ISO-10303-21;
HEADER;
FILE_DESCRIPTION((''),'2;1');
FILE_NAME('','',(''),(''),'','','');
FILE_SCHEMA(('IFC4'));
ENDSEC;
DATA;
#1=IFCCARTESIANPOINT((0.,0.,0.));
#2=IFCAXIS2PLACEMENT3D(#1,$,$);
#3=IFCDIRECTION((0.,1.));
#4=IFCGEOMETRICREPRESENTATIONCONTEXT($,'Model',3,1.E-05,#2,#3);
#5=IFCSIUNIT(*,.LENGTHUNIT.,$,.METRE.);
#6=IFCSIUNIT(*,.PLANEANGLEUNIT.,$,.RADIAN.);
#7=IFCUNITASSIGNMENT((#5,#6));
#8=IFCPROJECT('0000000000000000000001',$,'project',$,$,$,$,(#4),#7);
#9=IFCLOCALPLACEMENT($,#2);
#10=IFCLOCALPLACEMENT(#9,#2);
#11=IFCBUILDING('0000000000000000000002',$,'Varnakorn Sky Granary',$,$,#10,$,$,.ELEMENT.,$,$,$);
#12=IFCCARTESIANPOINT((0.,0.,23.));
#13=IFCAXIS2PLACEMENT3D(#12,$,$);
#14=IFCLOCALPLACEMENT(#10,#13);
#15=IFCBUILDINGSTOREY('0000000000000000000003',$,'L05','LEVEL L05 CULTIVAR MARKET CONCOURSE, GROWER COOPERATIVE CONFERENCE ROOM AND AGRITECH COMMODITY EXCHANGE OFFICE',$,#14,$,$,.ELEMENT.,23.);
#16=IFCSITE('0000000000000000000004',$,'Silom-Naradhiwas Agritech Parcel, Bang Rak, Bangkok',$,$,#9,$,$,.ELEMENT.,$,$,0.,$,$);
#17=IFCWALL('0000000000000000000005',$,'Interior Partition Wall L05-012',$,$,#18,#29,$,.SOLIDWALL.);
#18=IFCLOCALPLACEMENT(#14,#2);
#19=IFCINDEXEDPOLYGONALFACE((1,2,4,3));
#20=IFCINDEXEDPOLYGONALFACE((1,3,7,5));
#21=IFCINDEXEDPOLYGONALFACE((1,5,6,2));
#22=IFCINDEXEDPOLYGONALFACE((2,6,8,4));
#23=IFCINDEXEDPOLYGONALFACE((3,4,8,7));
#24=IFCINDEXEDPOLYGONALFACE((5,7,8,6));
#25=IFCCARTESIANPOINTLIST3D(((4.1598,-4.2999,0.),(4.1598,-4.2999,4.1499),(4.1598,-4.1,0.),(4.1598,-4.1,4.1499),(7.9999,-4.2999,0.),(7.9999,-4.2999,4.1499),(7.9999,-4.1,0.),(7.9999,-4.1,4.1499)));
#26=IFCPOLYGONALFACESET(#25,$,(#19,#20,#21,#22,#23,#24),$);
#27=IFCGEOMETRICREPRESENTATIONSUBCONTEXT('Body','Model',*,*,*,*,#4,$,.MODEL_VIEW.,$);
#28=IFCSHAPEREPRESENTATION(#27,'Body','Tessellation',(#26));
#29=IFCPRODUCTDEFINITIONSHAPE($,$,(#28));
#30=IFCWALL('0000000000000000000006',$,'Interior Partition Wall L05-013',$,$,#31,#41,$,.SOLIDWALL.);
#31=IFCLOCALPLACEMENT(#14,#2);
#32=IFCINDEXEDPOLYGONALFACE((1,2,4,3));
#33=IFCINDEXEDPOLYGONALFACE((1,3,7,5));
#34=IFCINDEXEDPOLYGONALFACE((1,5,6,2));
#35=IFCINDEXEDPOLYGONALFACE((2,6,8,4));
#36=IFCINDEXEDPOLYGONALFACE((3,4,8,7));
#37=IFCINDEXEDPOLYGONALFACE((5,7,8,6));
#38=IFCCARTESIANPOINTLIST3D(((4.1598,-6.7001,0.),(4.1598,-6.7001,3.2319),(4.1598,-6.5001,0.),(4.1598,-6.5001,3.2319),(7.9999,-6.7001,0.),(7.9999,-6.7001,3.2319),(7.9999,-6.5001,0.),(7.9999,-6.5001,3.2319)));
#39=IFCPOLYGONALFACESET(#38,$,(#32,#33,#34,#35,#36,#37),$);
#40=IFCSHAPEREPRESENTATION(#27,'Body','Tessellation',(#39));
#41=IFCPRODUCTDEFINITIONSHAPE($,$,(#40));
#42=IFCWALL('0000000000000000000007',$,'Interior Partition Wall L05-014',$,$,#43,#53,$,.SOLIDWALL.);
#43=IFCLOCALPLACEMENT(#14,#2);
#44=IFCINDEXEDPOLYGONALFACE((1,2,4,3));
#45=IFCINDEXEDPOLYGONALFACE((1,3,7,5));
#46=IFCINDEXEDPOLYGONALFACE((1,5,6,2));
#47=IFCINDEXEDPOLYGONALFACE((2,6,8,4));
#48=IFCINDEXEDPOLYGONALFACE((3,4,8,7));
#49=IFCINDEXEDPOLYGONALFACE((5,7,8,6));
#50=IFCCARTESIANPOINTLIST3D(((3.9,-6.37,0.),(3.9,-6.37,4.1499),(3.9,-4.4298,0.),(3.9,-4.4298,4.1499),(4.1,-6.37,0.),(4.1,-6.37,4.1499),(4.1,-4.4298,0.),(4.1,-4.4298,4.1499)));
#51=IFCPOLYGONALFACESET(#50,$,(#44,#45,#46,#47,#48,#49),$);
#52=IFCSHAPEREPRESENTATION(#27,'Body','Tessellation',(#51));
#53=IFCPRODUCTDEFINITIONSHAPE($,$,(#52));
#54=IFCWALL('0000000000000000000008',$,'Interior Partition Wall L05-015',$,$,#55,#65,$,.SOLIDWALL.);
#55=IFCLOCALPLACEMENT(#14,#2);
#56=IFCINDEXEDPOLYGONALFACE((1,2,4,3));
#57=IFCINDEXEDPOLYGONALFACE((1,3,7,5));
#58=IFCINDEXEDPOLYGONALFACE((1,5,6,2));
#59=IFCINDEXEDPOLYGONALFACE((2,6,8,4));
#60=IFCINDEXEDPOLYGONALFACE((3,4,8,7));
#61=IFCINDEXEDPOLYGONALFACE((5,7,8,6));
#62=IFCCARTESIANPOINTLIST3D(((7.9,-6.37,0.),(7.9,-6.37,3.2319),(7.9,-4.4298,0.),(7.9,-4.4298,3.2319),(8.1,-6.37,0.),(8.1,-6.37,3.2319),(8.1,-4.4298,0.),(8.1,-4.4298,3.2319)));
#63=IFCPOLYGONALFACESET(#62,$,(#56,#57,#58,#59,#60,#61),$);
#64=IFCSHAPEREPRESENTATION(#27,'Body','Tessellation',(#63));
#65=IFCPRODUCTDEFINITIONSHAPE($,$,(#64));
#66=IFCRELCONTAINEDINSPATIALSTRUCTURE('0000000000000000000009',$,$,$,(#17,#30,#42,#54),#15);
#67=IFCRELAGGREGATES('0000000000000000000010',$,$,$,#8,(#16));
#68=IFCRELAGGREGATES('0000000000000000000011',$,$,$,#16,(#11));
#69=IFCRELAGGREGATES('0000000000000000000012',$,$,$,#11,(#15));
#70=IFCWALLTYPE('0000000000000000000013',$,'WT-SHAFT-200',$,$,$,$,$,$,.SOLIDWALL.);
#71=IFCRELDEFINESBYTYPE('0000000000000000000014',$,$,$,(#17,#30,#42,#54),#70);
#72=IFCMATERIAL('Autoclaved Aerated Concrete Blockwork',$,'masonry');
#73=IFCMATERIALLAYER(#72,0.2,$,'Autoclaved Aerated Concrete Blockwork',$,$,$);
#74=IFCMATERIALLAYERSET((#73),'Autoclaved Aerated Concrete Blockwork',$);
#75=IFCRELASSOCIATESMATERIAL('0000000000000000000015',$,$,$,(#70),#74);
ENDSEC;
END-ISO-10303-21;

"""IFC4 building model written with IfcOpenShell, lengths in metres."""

from ifc_helpers import new_model, si_unit, direction, frame, frame_2d, origin, place, context, subcontext, project, spatial, rectangle, extrude, material, layer, layer_set, type_object, element, save


model = new_model("IFC4")

# Units and contexts
model_context = context("Model", 3, precision=1e-05, world=origin(), true_north=direction((0.0, 1.0)))
body_context = subcontext(model_context, "Body", "Model", "MODEL_VIEW")
ifc_project = project(units=[si_unit("LENGTHUNIT", "METRE"), si_unit("PLANEANGLEUNIT", "RADIAN")], contexts=[model_context])

# Site, building, storey
site_placement = place(None, origin())
site = spatial("IfcSite", under=ifc_project, at=site_placement, Name="Silom-Naradhiwas Agritech Parcel, Bang Rak, Bangkok", CompositionType="ELEMENT", RefElevation=0.0)
building_placement = place(site_placement, origin())
building = spatial("IfcBuilding", under=site, at=building_placement, Name="Varnakorn Sky Granary", CompositionType="ELEMENT")
storey_placement = place(building_placement, frame((0.0, 0.0, 23.0)))
storey = spatial("IfcBuildingStorey", under=building, at=storey_placement, Name="L05", Description="LEVEL L05 CULTIVAR MARKET CONCOURSE, GROWER COOPERATIVE CONFERENCE ROOM AND AGRITECH COMMODITY EXCHANGE OFFICE", CompositionType="ELEMENT", Elevation=23.0)

# Shared definitions
ifc_material_1 = material(Name="Autoclaved Aerated Concrete Blockwork", Category="masonry")

# Walls
ifc_layer_1 = layer(ifc_material_1, 0.2, Name="Autoclaved Aerated Concrete Blockwork")
ifc_layer_set_1 = layer_set([ifc_layer_1], Name="Autoclaved Aerated Concrete Blockwork")
wall_type_1 = type_object("IfcWallType", Name="WT-SHAFT-200", PredefinedType="SOLIDWALL", material=ifc_layer_set_1)
wall_1_placement = place(storey_placement, frame((4.1599, -4.2, 0.0), z_axis=(0.0, 0.0, 1.0), x_axis=(1.0, 0.0, 0.0)))
element("IfcWall", 1, at=wall_1_placement, inside=storey, type_object=wall_type_1, Name="Interior Partition Wall L05-012", PredefinedType="SOLIDWALL", context=body_context, shape_type="SweptSolid", body=[
    extrude(rectangle(XDim=3.8401, YDim=0.2, at=frame_2d((1.9199, 0.0))), origin(), (0.0, 0.0, 1.0), 4.1499),
])
wall_2_placement = place(storey_placement, frame((4.1599, -6.6001, 0.0), z_axis=(0.0, 0.0, 1.0), x_axis=(1.0, 0.0, 0.0)))
element("IfcWall", 2, at=wall_2_placement, inside=storey, type_object=wall_type_1, Name="Interior Partition Wall L05-013", PredefinedType="SOLIDWALL", context=body_context, shape_type="SweptSolid", body=[
    extrude(rectangle(XDim=3.8401, YDim=0.2, at=frame_2d((1.9199, 0.0))), origin(), (0.0, 0.0, 1.0), 3.2319),
])
wall_3_placement = place(storey_placement, frame((4.0, -6.3701, 0.0), z_axis=(0.0, 0.0, 1.0), x_axis=(0.0, 1.0, 0.0)))
element("IfcWall", 3, at=wall_3_placement, inside=storey, type_object=wall_type_1, Name="Interior Partition Wall L05-014", PredefinedType="SOLIDWALL", context=body_context, shape_type="SweptSolid", body=[
    extrude(rectangle(XDim=1.9402, YDim=0.2, at=frame_2d((0.9702, 0.0))), origin(), (0.0, 0.0, 1.0), 4.1499),
])
wall_4_placement = place(storey_placement, frame((8.0, -6.3701, 0.0), z_axis=(0.0, 0.0, 1.0), x_axis=(0.0, 1.0, 0.0)))
element("IfcWall", 4, at=wall_4_placement, inside=storey, type_object=wall_type_1, Name="Interior Partition Wall L05-015", PredefinedType="SOLIDWALL", context=body_context, shape_type="SweptSolid", body=[
    extrude(rectangle(XDim=1.9402, YDim=0.2, at=frame_2d((0.9702, 0.0))), origin(), (0.0, 0.0, 1.0), 3.2319),
])

save(model, "model.ifc")
